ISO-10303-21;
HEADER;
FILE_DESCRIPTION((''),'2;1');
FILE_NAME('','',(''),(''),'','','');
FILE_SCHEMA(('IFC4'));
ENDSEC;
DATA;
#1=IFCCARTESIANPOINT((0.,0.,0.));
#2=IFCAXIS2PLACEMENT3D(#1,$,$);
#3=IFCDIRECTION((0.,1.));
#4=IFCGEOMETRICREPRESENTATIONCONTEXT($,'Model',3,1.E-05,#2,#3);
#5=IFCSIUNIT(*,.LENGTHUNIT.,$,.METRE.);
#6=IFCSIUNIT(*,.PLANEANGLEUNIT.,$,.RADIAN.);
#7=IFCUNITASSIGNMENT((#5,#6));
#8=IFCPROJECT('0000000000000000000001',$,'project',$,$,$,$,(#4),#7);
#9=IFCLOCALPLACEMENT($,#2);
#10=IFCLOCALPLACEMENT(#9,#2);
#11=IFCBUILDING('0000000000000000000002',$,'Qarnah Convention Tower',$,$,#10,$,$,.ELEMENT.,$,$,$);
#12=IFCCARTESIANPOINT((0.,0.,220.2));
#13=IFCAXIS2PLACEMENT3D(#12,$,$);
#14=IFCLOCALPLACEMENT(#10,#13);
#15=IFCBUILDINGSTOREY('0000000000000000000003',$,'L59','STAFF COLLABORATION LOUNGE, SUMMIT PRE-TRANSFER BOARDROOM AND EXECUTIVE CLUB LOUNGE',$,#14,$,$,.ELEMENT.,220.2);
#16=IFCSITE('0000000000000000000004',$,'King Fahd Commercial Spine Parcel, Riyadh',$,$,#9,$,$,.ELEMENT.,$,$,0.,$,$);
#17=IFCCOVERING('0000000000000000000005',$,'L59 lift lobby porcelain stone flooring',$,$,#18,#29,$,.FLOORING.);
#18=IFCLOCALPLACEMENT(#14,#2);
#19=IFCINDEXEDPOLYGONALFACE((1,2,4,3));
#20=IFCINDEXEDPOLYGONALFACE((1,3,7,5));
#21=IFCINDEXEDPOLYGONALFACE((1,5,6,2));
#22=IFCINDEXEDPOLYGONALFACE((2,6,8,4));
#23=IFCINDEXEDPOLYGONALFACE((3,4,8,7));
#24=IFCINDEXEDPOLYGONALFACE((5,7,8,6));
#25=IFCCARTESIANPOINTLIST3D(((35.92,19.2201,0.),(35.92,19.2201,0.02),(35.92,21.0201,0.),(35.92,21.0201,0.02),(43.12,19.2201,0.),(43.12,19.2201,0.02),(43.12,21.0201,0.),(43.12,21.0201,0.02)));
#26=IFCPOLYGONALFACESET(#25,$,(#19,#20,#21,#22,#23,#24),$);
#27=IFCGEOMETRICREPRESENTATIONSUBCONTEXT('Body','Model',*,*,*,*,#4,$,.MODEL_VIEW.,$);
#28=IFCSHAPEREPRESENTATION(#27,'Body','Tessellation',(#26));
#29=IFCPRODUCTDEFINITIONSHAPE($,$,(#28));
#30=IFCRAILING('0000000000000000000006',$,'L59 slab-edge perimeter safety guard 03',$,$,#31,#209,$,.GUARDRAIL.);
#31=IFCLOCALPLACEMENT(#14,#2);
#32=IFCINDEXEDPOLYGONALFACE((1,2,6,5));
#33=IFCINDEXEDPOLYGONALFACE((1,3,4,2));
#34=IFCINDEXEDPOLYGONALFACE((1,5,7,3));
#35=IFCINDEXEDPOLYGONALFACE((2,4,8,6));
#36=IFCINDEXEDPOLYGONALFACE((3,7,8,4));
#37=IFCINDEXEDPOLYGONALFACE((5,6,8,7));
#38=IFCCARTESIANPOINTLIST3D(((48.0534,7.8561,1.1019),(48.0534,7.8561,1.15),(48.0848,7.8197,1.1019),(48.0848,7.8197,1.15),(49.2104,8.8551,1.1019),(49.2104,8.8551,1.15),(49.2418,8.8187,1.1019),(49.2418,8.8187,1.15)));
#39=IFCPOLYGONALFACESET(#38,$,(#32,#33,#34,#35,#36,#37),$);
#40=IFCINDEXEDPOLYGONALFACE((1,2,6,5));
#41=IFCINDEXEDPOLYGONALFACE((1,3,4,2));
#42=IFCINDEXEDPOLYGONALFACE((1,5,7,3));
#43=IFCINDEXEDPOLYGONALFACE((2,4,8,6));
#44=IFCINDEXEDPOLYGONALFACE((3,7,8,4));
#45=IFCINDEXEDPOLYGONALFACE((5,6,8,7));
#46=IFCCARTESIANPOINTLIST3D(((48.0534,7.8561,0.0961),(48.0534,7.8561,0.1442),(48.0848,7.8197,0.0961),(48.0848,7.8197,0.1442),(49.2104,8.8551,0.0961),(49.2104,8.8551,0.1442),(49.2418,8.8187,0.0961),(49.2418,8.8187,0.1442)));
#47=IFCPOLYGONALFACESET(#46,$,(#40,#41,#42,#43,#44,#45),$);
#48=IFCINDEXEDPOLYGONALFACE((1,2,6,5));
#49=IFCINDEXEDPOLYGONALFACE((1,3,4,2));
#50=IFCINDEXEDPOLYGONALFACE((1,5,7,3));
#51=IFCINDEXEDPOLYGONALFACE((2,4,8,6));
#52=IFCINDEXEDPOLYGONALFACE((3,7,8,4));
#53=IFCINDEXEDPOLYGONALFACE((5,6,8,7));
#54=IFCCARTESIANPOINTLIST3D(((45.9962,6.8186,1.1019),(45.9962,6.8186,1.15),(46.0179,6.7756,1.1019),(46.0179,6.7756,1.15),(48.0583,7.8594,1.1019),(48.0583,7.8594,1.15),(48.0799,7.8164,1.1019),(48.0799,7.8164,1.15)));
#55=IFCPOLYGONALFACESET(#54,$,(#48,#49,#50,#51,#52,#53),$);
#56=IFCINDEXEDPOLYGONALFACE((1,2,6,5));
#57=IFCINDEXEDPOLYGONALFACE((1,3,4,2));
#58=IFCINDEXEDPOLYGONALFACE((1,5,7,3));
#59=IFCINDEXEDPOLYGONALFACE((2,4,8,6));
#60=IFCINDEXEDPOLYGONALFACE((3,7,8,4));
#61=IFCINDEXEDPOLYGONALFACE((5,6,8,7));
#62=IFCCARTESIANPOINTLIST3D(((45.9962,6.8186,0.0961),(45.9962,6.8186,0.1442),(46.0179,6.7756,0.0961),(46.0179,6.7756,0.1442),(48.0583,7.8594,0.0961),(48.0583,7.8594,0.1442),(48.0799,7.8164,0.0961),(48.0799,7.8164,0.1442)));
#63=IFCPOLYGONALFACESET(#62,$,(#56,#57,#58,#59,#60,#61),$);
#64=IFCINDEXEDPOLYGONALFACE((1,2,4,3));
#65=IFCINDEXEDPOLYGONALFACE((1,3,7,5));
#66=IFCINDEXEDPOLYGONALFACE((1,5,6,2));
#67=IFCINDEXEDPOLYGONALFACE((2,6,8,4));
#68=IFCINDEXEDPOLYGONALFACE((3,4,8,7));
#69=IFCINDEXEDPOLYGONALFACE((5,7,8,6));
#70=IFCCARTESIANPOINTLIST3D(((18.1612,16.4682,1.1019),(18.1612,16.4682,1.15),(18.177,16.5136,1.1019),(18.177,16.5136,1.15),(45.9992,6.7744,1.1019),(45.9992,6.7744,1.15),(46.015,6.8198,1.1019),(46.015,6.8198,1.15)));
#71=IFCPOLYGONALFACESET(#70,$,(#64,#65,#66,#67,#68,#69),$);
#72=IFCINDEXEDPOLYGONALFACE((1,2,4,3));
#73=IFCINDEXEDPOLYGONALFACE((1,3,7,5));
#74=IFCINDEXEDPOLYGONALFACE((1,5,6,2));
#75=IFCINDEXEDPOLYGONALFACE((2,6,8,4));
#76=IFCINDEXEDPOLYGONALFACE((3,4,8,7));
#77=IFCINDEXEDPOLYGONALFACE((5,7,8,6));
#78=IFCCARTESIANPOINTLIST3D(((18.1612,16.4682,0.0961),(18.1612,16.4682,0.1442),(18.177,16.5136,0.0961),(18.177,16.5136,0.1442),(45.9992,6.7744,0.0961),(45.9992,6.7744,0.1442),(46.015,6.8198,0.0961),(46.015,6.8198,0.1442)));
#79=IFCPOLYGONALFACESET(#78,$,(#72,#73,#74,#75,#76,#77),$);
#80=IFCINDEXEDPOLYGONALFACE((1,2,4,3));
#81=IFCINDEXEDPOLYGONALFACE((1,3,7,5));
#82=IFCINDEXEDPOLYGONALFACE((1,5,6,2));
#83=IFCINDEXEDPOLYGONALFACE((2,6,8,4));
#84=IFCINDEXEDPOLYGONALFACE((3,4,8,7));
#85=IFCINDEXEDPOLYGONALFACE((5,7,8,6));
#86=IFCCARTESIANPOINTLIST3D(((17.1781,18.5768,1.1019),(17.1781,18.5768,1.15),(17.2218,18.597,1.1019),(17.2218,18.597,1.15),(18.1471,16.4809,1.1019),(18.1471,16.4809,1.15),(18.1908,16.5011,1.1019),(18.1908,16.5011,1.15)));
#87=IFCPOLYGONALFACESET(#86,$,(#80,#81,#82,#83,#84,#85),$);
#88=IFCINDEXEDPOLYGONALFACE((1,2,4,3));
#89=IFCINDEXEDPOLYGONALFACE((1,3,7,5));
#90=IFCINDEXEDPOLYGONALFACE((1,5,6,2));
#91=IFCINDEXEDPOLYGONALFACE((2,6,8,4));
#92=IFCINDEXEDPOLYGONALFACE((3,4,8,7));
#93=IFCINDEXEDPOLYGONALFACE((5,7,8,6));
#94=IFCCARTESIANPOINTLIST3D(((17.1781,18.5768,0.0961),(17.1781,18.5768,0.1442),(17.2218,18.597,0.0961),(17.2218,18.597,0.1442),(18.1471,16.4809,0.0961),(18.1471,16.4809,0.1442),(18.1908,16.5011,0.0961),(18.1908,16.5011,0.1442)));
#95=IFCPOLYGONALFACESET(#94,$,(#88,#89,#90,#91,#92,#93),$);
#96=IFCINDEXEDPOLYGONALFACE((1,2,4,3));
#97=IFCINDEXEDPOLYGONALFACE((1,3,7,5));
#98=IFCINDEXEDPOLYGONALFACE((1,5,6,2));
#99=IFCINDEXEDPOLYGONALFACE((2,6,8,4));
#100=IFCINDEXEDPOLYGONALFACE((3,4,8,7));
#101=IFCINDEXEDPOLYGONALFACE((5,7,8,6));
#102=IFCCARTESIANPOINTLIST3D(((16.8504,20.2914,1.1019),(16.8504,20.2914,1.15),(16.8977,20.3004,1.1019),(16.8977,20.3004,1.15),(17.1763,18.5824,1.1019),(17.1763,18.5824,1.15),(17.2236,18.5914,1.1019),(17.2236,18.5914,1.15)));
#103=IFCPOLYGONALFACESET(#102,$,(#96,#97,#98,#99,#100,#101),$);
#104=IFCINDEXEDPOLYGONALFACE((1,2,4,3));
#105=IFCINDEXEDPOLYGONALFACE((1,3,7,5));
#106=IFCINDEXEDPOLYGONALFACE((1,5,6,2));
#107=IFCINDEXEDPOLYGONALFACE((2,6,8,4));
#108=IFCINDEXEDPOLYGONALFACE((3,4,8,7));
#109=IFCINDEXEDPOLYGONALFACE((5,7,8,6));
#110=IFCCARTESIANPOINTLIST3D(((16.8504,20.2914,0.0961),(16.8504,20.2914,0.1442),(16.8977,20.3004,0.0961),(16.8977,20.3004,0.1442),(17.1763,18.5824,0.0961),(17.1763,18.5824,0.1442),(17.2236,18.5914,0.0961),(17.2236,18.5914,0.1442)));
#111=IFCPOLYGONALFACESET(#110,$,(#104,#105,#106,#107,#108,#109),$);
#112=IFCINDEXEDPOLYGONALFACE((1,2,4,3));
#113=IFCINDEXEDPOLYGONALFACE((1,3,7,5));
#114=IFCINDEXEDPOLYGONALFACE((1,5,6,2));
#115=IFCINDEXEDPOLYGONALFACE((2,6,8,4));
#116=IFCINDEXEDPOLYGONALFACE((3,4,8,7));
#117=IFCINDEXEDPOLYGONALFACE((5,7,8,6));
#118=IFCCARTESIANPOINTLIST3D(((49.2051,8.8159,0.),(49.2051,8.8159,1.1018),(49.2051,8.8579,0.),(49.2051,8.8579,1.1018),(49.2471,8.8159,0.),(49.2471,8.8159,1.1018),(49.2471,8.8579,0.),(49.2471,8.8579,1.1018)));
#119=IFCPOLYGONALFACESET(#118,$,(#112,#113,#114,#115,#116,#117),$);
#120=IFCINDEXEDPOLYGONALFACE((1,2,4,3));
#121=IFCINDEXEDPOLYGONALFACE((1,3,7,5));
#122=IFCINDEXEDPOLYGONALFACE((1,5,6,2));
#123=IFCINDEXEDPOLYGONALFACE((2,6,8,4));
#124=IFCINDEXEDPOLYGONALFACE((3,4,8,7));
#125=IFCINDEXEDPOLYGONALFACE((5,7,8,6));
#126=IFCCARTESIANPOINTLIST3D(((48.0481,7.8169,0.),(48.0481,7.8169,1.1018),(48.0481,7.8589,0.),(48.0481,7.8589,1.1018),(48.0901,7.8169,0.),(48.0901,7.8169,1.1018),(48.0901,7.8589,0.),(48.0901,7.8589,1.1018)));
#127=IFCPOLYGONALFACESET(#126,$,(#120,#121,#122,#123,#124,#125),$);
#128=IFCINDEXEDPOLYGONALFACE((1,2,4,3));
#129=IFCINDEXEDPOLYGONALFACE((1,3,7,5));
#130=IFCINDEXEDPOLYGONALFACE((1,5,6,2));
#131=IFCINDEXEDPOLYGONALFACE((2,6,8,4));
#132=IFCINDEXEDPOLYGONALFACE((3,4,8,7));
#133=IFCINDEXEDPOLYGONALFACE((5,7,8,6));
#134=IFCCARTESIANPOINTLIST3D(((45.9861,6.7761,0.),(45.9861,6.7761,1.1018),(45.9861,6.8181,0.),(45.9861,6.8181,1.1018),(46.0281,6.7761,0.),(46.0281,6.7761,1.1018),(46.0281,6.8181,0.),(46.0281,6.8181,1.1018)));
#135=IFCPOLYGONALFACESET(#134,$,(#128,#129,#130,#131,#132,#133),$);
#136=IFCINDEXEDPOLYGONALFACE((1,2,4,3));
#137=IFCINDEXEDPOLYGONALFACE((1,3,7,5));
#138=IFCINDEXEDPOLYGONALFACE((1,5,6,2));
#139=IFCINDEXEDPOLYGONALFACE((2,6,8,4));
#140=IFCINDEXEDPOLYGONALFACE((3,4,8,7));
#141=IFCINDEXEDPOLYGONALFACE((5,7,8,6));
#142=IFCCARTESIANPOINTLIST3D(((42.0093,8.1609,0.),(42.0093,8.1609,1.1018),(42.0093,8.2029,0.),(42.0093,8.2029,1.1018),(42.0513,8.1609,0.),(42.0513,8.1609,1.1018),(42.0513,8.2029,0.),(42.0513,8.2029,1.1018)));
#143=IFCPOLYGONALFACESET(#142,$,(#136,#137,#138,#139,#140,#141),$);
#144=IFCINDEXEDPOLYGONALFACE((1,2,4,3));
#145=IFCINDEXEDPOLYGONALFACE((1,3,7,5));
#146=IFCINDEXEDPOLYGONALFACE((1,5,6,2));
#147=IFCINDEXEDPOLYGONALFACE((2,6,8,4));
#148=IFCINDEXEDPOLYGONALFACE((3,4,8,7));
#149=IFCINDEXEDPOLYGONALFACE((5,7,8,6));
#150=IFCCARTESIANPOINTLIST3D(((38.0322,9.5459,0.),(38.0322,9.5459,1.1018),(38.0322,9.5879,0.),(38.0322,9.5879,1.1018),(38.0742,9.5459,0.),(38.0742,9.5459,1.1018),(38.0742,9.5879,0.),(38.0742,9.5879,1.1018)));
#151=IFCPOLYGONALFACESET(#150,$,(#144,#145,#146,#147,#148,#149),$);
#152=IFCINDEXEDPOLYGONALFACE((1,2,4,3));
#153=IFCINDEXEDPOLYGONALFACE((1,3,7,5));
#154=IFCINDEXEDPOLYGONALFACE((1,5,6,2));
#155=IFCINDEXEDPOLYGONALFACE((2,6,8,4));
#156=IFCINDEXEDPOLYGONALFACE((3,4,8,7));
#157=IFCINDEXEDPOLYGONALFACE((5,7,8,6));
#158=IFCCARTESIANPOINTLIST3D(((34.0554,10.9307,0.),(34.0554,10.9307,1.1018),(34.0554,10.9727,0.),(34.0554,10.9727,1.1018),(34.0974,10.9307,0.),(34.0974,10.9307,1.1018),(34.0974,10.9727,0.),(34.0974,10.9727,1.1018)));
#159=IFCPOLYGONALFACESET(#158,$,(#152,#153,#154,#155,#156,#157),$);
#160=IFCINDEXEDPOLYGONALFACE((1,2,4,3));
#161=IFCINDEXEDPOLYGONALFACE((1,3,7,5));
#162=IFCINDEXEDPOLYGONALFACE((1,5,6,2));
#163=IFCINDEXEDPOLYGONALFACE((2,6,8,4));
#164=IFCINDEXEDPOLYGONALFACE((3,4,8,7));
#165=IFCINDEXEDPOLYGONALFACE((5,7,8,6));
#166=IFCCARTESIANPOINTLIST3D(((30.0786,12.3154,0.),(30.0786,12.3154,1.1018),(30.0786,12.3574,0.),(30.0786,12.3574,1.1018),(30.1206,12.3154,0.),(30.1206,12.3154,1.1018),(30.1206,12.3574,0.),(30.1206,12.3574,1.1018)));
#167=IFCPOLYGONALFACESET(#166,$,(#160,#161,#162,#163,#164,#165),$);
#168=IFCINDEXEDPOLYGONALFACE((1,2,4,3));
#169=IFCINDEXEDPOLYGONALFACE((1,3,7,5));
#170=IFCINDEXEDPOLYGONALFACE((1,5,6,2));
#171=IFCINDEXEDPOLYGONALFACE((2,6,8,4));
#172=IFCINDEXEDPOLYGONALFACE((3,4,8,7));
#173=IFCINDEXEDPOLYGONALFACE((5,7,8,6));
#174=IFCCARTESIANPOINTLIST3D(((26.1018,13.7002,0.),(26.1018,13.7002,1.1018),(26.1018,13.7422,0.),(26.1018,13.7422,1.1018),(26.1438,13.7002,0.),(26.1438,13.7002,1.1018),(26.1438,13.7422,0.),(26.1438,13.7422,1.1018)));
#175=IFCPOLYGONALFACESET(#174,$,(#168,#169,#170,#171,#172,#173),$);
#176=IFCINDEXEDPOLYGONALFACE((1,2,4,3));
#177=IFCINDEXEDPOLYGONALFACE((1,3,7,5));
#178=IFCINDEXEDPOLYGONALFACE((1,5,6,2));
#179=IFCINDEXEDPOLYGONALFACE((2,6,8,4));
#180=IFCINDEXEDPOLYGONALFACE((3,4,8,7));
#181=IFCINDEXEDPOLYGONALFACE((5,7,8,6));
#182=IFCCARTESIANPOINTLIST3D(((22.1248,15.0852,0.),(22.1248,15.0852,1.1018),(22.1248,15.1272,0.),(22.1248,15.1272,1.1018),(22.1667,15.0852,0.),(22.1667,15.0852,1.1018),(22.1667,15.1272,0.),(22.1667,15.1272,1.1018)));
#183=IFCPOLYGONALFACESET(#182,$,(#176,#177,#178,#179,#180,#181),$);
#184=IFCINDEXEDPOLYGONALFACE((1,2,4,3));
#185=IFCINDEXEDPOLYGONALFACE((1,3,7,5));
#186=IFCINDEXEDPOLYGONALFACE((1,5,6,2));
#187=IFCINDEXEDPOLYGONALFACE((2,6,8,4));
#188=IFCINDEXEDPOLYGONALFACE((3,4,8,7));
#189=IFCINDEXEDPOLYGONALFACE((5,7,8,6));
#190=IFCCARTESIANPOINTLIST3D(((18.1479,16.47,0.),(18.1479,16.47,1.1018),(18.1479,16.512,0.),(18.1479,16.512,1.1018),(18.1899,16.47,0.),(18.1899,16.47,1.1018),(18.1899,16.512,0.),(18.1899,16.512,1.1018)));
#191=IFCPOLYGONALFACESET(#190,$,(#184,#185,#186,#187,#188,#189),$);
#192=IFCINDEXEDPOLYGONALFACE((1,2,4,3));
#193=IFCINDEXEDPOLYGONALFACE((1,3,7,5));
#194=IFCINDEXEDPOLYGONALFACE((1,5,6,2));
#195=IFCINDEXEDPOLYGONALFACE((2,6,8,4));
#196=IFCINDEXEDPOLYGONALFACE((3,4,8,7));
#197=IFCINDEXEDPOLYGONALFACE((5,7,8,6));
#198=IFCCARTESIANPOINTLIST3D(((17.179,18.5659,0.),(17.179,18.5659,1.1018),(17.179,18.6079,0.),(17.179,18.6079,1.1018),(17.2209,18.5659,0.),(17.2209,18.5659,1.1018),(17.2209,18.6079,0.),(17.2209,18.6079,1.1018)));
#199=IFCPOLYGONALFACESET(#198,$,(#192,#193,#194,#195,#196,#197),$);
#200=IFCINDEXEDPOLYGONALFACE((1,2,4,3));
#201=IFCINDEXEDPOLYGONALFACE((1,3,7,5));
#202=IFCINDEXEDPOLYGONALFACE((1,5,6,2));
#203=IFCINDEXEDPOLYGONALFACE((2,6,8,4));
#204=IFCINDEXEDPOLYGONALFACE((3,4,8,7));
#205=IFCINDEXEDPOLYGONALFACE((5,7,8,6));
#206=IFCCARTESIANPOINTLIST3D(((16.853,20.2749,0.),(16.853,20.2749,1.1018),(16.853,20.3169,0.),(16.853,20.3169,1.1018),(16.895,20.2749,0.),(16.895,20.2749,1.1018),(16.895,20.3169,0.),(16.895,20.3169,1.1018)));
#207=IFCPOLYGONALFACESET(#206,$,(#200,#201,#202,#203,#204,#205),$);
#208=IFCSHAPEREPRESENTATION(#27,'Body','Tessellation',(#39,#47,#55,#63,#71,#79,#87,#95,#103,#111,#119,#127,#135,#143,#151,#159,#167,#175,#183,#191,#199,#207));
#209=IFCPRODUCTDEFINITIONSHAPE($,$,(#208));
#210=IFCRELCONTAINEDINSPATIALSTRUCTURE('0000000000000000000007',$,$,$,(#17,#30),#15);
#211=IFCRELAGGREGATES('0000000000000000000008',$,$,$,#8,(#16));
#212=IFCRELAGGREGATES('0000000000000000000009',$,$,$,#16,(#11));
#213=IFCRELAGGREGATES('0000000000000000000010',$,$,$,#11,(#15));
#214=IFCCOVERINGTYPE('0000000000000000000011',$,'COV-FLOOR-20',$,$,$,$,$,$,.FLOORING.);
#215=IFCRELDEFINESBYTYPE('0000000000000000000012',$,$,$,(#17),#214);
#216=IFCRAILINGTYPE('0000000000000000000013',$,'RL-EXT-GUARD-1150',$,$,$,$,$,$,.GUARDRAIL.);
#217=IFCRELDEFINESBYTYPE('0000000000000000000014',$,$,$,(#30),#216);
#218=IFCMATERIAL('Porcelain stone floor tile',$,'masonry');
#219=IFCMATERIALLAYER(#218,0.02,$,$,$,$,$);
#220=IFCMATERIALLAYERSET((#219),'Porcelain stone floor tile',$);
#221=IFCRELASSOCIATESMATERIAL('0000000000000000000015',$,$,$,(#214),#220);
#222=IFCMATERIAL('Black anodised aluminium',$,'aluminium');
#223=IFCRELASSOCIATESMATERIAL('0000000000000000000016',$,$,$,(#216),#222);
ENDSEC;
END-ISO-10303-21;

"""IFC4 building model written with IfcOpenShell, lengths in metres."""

from ifc_helpers import new_model, si_unit, direction, frame, origin, origin_2d, place, context, subcontext, project, spatial, rectangle, extrude, material, layer, layer_set, type_object, element, save


model = new_model("IFC4")

# Units and contexts
model_context = context("Model", 3, precision=1e-05, world=origin(), true_north=direction((0.0, 1.0)))
body_context = subcontext(model_context, "Body", "Model", "MODEL_VIEW")
ifc_project = project(units=[si_unit("LENGTHUNIT", "METRE"), si_unit("PLANEANGLEUNIT", "RADIAN")], contexts=[model_context])

# Site, building, storey
site_placement = place(None, origin())
site = spatial("IfcSite", under=ifc_project, at=site_placement, Name="King Fahd Commercial Spine Parcel, Riyadh", CompositionType="ELEMENT", RefElevation=0.0)
building_placement = place(site_placement, origin())
building = spatial("IfcBuilding", under=site, at=building_placement, Name="Qarnah Convention Tower", CompositionType="ELEMENT")
storey_placement = place(building_placement, frame((0.0, 0.0, 220.2)))
storey = spatial("IfcBuildingStorey", under=building, at=storey_placement, Name="L59", Description="STAFF COLLABORATION LOUNGE, SUMMIT PRE-TRANSFER BOARDROOM AND EXECUTIVE CLUB LOUNGE", CompositionType="ELEMENT", Elevation=220.2)

# Shared definitions
ifc_material_1 = material(Name="Black anodised aluminium", Category="aluminium")

# Covering
ifc_material_2 = material(Name="Porcelain stone floor tile", Category="masonry")
ifc_layer_1 = layer(ifc_material_2, 0.02)
ifc_layer_set_1 = layer_set([ifc_layer_1], Name="Porcelain stone floor tile")
covering_type = type_object("IfcCoveringType", Name="COV-FLOOR-20", PredefinedType="FLOORING", material=ifc_layer_set_1)
covering_placement = place(storey_placement, frame((39.52, 20.1201, 0.0), z_axis=(0.0, 0.0, 1.0), x_axis=(1.0, 0.0, 0.0)))
element("IfcCovering", 1, at=covering_placement, inside=storey, type_object=covering_type, Name="L59 lift lobby porcelain stone flooring", PredefinedType="FLOORING", context=body_context, shape_type="SweptSolid", body=[
    extrude(rectangle(XDim=7.2, YDim=1.8, at=origin_2d()), origin(), (0.0, 0.0, 1.0), 0.02),
])

# Railing
railing_type = type_object("IfcRailingType", Name="RL-EXT-GUARD-1150", PredefinedType="GUARDRAIL", material=ifc_material_1)
railing_1_placement = place(storey_placement, frame((49.2261, 8.8369, 0.0)))
element("IfcRailing", 2, at=railing_1_placement, inside=storey, type_object=railing_type, Name="L59 slab-edge perimeter safety guard 03", PredefinedType="GUARDRAIL", context=body_context, shape_type="SweptSolid", body=[
    extrude(rectangle(XDim=0.0481, YDim=0.0481, at=origin_2d()), frame((0.0, 0.0, 1.126), z_axis=(-0.756884, -0.653549, 0.0), x_axis=(0.653549, -0.756884, 0.0)), (0.0, 0.0, 1.0), 1.5286),
    extrude(rectangle(XDim=0.0481, YDim=0.0481, at=origin_2d()), frame((0.0, 0.0, 0.1201), z_axis=(-0.756884, -0.653549, 0.0), x_axis=(0.653549, -0.756884, 0.0)), (0.0, 0.0, 1.0), 1.5286),
    extrude(rectangle(XDim=0.0481, YDim=0.0481, at=origin_2d()), frame((-1.157, -0.999, 1.126), z_axis=(-0.89273, -0.450593, 0.0), x_axis=(0.450593, -0.89273, 0.0)), (0.0, 0.0, 1.0), 2.3098),
    extrude(rectangle(XDim=0.0481, YDim=0.0481, at=origin_2d()), frame((-1.157, -0.999, 0.1201), z_axis=(-0.89273, -0.450593, 0.0), x_axis=(0.450593, -0.89273, 0.0)), (0.0, 0.0, 1.0), 2.3098),
    extrude(rectangle(XDim=0.0481, YDim=0.0481, at=origin_2d()), frame((-3.219, -2.0398, 1.126), z_axis=(-0.944381, 0.328854, 0.0), x_axis=(-0.328854, -0.944381, 0.0)), (0.0, 0.0, 1.0), 29.4775),
    extrude(rectangle(XDim=0.0481, YDim=0.0481, at=origin_2d()), frame((-3.219, -2.0398, 0.1201), z_axis=(-0.944381, 0.328854, 0.0), x_axis=(-0.328854, -0.944381, 0.0)), (0.0, 0.0, 1.0), 29.4775),
    extrude(rectangle(XDim=0.0481, YDim=0.0481, at=origin_2d()), frame((-31.0571, 7.6541, 1.126), z_axis=(-0.419641, 0.90769, 0.0), x_axis=(-0.90769, -0.419641, 0.0)), (0.0, 0.0, 1.0), 2.3091),
    extrude(rectangle(XDim=0.0481, YDim=0.0481, at=origin_2d()), frame((-31.0571, 7.6541, 0.1201), z_axis=(-0.419641, 0.90769, 0.0), x_axis=(-0.90769, -0.419641, 0.0)), (0.0, 0.0, 1.0), 2.3091),
    extrude(rectangle(XDim=0.0481, YDim=0.0481, at=origin_2d()), frame((-32.0261, 9.75, 1.126), z_axis=(-0.187338, 0.982296, 0.0), x_axis=(-0.982296, -0.187338, 0.0)), (0.0, 0.0, 1.0), 1.7397),
    extrude(rectangle(XDim=0.0481, YDim=0.0481, at=origin_2d()), frame((-32.0261, 9.75, 0.1201), z_axis=(-0.187338, 0.982296, 0.0), x_axis=(-0.982296, -0.187338, 0.0)), (0.0, 0.0, 1.0), 1.7397),
    extrude(rectangle(XDim=0.042, YDim=0.042, at=origin_2d()), origin(), (0.0, 0.0, 1.0), 1.1018),
    extrude(rectangle(XDim=0.042, YDim=0.042, at=origin_2d()), frame((-1.157, -0.999, 0.0)), (0.0, 0.0, 1.0), 1.1018),
    extrude(rectangle(XDim=0.042, YDim=0.042, at=origin_2d()), frame((-3.219, -2.0398, 0.0)), (0.0, 0.0, 1.0), 1.1018),
    extrude(rectangle(XDim=0.042, YDim=0.042, at=origin_2d()), frame((-7.1958, -0.655, 0.0)), (0.0, 0.0, 1.0), 1.1018),
    extrude(rectangle(XDim=0.042, YDim=0.042, at=origin_2d()), frame((-11.1729, 0.73, 0.0)), (0.0, 0.0, 1.0), 1.1018),
    extrude(rectangle(XDim=0.042, YDim=0.042, at=origin_2d()), frame((-15.1497, 2.1147, 0.0)), (0.0, 0.0, 1.0), 1.1018),
    extrude(rectangle(XDim=0.042, YDim=0.042, at=origin_2d()), frame((-19.1265, 3.4995, 0.0)), (0.0, 0.0, 1.0), 1.1018),
    extrude(rectangle(XDim=0.042, YDim=0.042, at=origin_2d()), frame((-23.1033, 4.8843, 0.0)), (0.0, 0.0, 1.0), 1.1018),
    extrude(rectangle(XDim=0.042, YDim=0.042, at=origin_2d()), frame((-27.0803, 6.2693, 0.0)), (0.0, 0.0, 1.0), 1.1018),
    extrude(rectangle(XDim=0.042, YDim=0.042, at=origin_2d()), frame((-31.0571, 7.6541, 0.0)), (0.0, 0.0, 1.0), 1.1018),
    extrude(rectangle(XDim=0.042, YDim=0.042, at=origin_2d()), frame((-32.0261, 9.75, 0.0)), (0.0, 0.0, 1.0), 1.1018),
    extrude(rectangle(XDim=0.042, YDim=0.042, at=origin_2d()), frame((-32.3521, 11.459, 0.0)), (0.0, 0.0, 1.0), 1.1018),
])

save(model, "model.ifc")
